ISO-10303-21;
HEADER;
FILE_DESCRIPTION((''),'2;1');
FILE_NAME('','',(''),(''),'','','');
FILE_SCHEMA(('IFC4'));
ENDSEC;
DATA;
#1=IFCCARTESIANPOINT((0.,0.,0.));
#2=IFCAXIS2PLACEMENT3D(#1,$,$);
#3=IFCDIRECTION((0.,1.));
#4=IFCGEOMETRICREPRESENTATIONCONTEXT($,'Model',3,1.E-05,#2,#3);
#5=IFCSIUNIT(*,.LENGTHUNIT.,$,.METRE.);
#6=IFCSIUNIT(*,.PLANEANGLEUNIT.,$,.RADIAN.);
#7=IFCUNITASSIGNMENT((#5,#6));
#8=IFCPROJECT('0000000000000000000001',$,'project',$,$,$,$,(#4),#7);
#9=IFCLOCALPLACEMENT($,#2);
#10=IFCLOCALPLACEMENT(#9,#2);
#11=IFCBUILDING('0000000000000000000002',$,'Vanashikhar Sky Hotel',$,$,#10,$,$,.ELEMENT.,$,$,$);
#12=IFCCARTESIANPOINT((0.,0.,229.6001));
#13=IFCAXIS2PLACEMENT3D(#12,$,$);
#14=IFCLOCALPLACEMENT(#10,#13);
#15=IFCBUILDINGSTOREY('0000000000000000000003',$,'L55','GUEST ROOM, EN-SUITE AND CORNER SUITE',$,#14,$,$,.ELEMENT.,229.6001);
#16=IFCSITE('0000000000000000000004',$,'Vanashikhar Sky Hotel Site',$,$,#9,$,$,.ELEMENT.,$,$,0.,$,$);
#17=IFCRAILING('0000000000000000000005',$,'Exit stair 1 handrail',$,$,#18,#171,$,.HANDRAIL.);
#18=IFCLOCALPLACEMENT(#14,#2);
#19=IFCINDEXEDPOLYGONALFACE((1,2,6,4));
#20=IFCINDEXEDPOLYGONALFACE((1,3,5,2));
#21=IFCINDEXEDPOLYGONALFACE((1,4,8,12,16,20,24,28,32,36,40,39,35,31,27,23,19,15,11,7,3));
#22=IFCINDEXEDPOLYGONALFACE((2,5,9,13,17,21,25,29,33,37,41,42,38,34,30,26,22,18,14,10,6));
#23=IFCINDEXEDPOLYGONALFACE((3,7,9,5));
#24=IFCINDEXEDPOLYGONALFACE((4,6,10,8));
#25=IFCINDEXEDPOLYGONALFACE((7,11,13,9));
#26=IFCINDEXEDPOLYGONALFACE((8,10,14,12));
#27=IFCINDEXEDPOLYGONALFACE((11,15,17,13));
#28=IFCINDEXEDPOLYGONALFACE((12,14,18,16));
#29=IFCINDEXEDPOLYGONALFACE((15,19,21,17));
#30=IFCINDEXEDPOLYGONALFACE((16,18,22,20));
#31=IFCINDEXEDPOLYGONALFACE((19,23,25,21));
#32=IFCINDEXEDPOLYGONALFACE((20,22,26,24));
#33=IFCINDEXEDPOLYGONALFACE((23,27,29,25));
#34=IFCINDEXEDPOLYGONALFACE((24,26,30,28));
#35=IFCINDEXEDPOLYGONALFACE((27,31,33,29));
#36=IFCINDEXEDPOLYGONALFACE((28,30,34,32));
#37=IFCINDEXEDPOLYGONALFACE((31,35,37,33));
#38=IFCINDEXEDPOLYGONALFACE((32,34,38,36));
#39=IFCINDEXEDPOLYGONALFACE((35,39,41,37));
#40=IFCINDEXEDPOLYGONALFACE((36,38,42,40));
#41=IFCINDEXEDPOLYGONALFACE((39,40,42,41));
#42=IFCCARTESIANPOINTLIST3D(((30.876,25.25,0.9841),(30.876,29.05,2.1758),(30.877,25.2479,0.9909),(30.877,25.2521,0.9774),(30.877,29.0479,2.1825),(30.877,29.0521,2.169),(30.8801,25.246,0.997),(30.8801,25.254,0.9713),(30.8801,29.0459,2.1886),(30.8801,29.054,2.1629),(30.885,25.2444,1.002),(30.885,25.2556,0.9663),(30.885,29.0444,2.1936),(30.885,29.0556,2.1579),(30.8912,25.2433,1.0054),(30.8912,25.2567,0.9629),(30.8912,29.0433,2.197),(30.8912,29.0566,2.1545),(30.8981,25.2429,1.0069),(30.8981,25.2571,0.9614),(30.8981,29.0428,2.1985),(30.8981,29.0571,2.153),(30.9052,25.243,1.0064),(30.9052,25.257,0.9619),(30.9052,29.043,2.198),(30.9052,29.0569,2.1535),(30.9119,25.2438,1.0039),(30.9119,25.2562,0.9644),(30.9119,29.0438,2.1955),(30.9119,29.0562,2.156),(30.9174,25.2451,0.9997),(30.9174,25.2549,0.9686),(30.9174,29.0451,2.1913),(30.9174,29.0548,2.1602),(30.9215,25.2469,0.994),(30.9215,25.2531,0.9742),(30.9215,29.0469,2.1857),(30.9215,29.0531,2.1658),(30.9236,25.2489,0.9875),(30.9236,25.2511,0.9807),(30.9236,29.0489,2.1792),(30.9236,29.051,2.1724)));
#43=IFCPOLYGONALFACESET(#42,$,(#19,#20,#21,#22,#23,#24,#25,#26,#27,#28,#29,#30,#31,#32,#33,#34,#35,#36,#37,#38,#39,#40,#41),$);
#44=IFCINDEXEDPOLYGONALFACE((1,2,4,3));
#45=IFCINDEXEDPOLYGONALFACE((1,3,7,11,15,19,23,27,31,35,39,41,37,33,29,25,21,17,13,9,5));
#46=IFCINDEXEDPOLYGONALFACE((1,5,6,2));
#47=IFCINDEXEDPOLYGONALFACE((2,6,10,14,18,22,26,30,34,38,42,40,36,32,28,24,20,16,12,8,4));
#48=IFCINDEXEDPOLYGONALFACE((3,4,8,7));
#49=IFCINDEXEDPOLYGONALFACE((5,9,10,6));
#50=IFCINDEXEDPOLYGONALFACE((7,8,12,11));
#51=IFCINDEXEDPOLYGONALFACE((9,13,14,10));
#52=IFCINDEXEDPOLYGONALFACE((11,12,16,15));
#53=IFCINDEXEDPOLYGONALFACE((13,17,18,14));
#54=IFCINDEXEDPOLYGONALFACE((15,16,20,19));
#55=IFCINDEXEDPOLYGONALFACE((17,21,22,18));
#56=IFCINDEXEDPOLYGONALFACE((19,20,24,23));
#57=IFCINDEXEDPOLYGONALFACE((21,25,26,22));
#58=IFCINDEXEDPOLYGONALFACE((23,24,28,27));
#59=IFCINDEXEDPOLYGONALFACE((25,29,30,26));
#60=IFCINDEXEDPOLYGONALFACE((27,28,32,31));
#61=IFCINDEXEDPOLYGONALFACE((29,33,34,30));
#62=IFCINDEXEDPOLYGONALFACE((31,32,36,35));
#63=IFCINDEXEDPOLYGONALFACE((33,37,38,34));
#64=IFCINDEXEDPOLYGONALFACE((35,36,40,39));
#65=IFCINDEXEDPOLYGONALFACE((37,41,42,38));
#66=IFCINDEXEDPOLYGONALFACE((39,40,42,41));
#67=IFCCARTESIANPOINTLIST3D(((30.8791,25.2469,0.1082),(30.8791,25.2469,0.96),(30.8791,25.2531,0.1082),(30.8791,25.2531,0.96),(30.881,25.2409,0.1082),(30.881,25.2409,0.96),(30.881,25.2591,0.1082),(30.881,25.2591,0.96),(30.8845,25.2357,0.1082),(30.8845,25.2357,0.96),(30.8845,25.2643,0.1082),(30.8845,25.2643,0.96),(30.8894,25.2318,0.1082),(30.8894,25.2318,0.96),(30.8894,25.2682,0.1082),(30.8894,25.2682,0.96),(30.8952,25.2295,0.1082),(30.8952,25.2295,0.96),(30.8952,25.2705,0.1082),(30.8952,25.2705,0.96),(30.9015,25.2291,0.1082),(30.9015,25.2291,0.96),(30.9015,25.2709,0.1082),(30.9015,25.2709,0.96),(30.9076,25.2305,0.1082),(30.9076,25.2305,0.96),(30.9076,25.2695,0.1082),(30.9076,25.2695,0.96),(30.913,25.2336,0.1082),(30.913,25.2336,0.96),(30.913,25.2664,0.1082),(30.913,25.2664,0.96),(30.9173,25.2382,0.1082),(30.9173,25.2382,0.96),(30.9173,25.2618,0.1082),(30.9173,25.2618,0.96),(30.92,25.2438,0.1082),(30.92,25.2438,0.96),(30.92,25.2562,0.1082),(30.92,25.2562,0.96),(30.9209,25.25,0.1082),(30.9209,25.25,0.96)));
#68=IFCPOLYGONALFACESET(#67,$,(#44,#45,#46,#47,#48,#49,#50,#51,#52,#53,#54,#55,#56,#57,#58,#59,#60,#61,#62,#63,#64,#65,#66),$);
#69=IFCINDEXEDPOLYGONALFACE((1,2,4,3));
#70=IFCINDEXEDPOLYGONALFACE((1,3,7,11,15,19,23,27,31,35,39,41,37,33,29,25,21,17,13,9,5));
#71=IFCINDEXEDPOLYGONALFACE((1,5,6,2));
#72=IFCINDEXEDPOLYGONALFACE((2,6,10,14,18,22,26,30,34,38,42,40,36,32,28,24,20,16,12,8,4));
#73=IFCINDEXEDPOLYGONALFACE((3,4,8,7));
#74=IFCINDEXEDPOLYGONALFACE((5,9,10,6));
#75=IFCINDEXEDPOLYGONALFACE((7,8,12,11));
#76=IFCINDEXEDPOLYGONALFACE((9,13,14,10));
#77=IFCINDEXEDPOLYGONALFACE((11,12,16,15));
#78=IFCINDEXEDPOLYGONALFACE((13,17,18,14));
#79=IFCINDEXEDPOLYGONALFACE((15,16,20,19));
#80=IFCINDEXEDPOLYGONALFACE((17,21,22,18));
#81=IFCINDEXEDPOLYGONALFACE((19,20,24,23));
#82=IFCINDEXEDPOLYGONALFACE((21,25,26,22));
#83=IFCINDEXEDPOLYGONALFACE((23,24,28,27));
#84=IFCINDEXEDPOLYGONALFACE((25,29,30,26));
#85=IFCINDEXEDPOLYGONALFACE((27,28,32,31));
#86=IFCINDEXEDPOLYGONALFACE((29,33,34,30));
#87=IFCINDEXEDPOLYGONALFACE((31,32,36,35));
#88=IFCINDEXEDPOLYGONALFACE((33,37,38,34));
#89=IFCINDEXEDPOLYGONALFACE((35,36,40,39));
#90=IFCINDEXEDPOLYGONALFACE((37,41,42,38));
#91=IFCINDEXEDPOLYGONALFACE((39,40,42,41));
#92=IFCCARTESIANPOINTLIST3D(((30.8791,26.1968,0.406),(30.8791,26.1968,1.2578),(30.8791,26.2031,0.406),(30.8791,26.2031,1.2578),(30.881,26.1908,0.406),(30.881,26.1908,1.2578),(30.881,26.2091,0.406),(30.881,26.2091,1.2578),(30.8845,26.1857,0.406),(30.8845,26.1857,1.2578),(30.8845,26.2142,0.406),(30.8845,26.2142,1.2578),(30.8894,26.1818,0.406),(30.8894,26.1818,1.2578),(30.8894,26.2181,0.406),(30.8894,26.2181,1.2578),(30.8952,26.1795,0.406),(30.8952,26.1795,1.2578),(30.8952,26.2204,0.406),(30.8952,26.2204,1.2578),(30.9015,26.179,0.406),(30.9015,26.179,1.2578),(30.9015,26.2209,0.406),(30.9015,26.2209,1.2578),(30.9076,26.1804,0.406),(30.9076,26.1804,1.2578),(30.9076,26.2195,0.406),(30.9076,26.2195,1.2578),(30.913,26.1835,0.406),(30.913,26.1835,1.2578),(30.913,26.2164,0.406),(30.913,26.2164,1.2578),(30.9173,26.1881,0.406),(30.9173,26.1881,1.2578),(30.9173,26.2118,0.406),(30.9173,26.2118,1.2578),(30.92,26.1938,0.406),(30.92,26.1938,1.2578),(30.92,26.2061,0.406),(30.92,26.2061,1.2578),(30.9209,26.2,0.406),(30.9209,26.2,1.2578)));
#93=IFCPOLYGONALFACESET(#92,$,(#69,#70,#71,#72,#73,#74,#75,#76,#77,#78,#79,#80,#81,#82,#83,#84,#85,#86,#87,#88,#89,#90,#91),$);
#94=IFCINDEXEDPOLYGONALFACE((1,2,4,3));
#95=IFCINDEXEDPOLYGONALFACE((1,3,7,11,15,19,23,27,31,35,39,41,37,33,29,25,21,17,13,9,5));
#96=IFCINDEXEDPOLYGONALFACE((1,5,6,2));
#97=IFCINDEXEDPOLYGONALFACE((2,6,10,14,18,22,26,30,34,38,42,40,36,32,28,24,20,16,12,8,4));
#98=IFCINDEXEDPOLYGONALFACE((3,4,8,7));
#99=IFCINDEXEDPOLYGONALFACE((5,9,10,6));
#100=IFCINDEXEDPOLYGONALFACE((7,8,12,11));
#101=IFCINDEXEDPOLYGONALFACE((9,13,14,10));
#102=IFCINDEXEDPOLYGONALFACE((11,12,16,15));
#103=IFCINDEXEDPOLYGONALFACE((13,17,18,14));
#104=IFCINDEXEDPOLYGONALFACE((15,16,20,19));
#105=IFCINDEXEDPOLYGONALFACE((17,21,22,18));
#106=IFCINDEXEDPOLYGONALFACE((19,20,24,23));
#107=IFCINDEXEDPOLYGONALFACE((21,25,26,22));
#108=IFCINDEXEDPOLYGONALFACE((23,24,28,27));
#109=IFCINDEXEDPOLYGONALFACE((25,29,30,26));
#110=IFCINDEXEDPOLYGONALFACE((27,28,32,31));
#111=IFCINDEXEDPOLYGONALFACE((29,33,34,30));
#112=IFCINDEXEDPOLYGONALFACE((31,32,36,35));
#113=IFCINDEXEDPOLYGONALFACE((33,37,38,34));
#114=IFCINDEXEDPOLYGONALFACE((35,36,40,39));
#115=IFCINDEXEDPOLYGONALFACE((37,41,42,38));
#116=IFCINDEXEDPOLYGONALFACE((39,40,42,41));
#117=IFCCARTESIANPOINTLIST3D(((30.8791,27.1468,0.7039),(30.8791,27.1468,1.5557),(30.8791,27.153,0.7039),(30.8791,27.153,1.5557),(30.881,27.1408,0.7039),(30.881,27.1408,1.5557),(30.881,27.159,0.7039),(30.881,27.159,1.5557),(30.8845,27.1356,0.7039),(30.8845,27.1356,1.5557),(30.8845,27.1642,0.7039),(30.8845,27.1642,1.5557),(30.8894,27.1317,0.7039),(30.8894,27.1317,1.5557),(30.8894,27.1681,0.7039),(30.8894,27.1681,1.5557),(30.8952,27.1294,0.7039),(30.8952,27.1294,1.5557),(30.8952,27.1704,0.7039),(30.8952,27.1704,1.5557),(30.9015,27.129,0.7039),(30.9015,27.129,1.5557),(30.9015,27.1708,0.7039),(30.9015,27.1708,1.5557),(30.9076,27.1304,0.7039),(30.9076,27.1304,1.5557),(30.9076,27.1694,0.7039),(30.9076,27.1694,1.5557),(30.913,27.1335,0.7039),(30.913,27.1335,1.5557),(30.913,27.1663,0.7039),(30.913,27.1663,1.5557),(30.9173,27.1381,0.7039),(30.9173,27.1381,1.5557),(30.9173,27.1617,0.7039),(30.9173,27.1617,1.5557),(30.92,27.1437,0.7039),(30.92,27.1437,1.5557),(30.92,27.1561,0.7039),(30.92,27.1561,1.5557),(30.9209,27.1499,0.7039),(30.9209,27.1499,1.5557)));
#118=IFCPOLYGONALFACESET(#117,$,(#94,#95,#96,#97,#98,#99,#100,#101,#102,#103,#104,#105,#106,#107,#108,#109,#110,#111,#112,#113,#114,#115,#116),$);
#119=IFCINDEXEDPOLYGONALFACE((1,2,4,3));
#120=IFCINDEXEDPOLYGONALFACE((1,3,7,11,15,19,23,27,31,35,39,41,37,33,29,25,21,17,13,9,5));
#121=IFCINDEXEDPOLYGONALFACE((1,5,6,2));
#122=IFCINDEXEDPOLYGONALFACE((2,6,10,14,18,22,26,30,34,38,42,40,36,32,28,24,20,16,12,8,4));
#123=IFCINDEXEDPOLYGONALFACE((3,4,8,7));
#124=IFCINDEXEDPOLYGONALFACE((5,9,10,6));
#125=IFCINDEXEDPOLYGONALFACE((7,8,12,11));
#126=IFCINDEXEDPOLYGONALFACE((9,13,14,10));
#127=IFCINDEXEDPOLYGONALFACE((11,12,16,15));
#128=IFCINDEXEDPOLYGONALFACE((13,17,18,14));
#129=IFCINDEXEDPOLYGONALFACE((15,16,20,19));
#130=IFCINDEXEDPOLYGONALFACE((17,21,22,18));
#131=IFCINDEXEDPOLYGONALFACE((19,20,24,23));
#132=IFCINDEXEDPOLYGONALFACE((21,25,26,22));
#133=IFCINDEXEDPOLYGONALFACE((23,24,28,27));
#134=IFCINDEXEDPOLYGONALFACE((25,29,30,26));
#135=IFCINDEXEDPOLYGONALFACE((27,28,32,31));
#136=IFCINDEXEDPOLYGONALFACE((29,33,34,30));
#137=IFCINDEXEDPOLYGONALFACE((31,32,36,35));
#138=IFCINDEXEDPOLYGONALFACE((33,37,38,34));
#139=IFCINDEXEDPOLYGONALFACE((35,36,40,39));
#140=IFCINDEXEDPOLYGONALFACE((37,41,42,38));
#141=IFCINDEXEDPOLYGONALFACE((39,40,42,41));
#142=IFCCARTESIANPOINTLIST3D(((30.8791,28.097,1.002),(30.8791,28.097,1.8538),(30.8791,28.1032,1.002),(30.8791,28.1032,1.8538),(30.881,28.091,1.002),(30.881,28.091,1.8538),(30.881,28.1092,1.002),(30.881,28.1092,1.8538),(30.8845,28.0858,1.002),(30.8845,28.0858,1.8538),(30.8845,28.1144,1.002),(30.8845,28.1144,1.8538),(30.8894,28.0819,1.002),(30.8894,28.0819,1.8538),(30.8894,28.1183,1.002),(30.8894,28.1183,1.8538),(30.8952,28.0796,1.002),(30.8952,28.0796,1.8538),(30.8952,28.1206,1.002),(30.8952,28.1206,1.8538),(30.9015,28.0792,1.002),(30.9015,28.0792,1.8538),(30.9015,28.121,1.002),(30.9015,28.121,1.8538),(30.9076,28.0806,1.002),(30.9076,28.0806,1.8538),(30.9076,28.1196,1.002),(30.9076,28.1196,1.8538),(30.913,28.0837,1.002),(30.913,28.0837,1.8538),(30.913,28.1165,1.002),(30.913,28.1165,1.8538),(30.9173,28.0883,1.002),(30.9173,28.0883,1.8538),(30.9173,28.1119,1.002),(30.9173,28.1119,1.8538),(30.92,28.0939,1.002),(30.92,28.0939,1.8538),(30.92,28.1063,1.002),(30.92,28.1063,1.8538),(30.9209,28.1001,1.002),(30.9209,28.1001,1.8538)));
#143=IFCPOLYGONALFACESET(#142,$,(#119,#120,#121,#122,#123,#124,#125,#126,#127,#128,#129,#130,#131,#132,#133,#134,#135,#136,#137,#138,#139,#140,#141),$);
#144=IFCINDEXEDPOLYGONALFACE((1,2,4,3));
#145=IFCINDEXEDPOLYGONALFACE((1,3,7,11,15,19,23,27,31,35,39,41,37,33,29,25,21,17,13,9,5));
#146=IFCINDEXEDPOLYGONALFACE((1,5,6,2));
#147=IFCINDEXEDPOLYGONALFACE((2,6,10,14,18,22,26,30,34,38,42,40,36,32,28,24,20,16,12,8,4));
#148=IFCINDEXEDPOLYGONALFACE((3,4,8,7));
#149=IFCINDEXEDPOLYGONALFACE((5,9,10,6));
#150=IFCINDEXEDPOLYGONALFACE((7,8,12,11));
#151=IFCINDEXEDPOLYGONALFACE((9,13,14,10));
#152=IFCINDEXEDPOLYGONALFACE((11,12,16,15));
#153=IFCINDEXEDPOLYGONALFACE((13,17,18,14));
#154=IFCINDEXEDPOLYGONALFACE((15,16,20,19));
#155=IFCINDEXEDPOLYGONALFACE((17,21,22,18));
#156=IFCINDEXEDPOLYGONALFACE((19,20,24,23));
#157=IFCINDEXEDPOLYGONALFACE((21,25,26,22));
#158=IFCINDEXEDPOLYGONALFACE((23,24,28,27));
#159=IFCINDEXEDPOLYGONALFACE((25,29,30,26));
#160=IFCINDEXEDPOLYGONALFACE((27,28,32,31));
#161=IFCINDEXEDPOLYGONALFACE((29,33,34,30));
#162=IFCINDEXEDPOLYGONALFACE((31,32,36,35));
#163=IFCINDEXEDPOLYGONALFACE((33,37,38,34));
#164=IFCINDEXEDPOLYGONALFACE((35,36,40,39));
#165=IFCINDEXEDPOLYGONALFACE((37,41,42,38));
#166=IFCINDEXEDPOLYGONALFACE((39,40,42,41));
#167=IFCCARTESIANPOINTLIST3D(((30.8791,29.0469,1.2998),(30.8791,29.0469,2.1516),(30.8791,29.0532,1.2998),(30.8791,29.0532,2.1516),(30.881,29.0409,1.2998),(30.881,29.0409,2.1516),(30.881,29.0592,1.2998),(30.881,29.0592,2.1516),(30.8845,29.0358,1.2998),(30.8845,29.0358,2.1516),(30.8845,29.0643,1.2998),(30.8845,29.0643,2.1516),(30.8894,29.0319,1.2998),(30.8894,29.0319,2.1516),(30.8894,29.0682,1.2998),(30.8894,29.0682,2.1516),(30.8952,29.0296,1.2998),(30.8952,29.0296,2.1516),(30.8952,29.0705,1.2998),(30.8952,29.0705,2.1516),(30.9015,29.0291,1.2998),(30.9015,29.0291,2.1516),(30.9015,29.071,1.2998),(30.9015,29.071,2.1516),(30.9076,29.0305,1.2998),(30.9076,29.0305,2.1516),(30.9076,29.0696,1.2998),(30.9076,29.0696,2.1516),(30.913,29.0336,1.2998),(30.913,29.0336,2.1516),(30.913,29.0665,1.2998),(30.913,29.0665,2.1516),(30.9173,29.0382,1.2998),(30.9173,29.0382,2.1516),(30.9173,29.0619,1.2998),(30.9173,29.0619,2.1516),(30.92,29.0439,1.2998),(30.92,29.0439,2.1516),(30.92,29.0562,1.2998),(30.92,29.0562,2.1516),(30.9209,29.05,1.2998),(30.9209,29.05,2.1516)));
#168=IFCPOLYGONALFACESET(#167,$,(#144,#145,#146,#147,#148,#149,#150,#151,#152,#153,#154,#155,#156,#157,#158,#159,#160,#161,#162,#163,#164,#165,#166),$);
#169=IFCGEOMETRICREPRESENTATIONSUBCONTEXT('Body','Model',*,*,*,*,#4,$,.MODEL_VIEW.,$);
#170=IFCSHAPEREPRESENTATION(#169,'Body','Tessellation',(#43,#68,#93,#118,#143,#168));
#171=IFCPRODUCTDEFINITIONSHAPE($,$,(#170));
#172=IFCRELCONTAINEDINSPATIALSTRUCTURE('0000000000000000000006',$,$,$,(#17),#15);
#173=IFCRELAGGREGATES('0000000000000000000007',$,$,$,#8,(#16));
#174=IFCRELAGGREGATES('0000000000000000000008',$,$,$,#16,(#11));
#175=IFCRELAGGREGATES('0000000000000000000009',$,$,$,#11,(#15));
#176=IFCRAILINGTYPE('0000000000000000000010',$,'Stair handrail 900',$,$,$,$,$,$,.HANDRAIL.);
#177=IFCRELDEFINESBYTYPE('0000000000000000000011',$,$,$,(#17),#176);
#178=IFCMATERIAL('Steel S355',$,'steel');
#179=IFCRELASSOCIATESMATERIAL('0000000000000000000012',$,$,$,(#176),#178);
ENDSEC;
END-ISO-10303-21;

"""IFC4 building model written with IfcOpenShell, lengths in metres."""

from ifc_helpers import new_model, si_unit, direction, frame, origin, origin_2d, place, context, subcontext, project, spatial, circle, extrude, source, transform, mapped, material, type_object, element, save


model = new_model("IFC4")

# Units and contexts
model_context = context("Model", 3, precision=1e-05, world=origin(), true_north=direction((0.0, 1.0)))
body_context = subcontext(model_context, "Body", "Model", "MODEL_VIEW")
ifc_project = project(units=[si_unit("LENGTHUNIT", "METRE"), si_unit("PLANEANGLEUNIT", "RADIAN")], contexts=[model_context])

# Site, building, storey
site_placement = place(None, origin())
site = spatial("IfcSite", under=ifc_project, at=site_placement, Name="Vanashikhar Sky Hotel Site", CompositionType="ELEMENT", RefElevation=0.0)
building_placement = place(site_placement, origin())
building = spatial("IfcBuilding", under=site, at=building_placement, Name="Vanashikhar Sky Hotel", CompositionType="ELEMENT")
storey_placement = place(building_placement, frame((0.0, 0.0, 229.6001)))
storey = spatial("IfcBuildingStorey", under=building, at=storey_placement, Name="L55", Description="GUEST ROOM, EN-SUITE AND CORNER SUITE", CompositionType="ELEMENT", Elevation=229.6001)

# Railing
ifc_material_1 = material(Name="Steel S355", Category="steel")
railing_type_1 = type_object("IfcRailingType", Name="Stair handrail 900", PredefinedType="HANDRAIL", material=ifc_material_1)
shared_shape_1 = source(origin(), body_context, "Body", "SweptSolid", [
    extrude(circle(Radius=0.0239, at=origin_2d()), frame((0.0, 0.0, 0.876), z_axis=(0.0, 0.954184, 0.299221), x_axis=(-1.0, 0.0, 0.0)), (0.0, 0.0, 1.0), 3.9824),
    extrude(circle(Radius=0.021, at=origin_2d()), origin(), (0.0, 0.0, 1.0), 0.8518),
    extrude(circle(Radius=0.021, at=origin_2d()), frame((0.0, 0.95, 0.2979)), (0.0, 0.0, 1.0), 0.8518),
    extrude(circle(Radius=0.021, at=origin_2d()), frame((0.0, 1.8999, 0.5957)), (0.0, 0.0, 1.0), 0.8518),
    extrude(circle(Radius=0.021, at=origin_2d()), frame((0.0, 2.8501, 0.8938)), (0.0, 0.0, 1.0), 0.8518),
    extrude(circle(Radius=0.021, at=origin_2d()), frame((0.0, 3.8, 1.1917)), (0.0, 0.0, 1.0), 0.8518),
])
for number, where, name in (
    (1, (30.8999, 25.25, 0.1082), "Exit stair 1 handrail"),
):
    element("IfcRailing", number, at=place(storey_placement, frame(where)), inside=storey, type_object=railing_type_1, Name=name, PredefinedType="HANDRAIL", context=body_context, shape_type="MappedRepresentation", body=[
        mapped(shared_shape_1, transform((0.0, 0.0, 0.0), scale=1.0)),
    ])

save(model, "model.ifc")
